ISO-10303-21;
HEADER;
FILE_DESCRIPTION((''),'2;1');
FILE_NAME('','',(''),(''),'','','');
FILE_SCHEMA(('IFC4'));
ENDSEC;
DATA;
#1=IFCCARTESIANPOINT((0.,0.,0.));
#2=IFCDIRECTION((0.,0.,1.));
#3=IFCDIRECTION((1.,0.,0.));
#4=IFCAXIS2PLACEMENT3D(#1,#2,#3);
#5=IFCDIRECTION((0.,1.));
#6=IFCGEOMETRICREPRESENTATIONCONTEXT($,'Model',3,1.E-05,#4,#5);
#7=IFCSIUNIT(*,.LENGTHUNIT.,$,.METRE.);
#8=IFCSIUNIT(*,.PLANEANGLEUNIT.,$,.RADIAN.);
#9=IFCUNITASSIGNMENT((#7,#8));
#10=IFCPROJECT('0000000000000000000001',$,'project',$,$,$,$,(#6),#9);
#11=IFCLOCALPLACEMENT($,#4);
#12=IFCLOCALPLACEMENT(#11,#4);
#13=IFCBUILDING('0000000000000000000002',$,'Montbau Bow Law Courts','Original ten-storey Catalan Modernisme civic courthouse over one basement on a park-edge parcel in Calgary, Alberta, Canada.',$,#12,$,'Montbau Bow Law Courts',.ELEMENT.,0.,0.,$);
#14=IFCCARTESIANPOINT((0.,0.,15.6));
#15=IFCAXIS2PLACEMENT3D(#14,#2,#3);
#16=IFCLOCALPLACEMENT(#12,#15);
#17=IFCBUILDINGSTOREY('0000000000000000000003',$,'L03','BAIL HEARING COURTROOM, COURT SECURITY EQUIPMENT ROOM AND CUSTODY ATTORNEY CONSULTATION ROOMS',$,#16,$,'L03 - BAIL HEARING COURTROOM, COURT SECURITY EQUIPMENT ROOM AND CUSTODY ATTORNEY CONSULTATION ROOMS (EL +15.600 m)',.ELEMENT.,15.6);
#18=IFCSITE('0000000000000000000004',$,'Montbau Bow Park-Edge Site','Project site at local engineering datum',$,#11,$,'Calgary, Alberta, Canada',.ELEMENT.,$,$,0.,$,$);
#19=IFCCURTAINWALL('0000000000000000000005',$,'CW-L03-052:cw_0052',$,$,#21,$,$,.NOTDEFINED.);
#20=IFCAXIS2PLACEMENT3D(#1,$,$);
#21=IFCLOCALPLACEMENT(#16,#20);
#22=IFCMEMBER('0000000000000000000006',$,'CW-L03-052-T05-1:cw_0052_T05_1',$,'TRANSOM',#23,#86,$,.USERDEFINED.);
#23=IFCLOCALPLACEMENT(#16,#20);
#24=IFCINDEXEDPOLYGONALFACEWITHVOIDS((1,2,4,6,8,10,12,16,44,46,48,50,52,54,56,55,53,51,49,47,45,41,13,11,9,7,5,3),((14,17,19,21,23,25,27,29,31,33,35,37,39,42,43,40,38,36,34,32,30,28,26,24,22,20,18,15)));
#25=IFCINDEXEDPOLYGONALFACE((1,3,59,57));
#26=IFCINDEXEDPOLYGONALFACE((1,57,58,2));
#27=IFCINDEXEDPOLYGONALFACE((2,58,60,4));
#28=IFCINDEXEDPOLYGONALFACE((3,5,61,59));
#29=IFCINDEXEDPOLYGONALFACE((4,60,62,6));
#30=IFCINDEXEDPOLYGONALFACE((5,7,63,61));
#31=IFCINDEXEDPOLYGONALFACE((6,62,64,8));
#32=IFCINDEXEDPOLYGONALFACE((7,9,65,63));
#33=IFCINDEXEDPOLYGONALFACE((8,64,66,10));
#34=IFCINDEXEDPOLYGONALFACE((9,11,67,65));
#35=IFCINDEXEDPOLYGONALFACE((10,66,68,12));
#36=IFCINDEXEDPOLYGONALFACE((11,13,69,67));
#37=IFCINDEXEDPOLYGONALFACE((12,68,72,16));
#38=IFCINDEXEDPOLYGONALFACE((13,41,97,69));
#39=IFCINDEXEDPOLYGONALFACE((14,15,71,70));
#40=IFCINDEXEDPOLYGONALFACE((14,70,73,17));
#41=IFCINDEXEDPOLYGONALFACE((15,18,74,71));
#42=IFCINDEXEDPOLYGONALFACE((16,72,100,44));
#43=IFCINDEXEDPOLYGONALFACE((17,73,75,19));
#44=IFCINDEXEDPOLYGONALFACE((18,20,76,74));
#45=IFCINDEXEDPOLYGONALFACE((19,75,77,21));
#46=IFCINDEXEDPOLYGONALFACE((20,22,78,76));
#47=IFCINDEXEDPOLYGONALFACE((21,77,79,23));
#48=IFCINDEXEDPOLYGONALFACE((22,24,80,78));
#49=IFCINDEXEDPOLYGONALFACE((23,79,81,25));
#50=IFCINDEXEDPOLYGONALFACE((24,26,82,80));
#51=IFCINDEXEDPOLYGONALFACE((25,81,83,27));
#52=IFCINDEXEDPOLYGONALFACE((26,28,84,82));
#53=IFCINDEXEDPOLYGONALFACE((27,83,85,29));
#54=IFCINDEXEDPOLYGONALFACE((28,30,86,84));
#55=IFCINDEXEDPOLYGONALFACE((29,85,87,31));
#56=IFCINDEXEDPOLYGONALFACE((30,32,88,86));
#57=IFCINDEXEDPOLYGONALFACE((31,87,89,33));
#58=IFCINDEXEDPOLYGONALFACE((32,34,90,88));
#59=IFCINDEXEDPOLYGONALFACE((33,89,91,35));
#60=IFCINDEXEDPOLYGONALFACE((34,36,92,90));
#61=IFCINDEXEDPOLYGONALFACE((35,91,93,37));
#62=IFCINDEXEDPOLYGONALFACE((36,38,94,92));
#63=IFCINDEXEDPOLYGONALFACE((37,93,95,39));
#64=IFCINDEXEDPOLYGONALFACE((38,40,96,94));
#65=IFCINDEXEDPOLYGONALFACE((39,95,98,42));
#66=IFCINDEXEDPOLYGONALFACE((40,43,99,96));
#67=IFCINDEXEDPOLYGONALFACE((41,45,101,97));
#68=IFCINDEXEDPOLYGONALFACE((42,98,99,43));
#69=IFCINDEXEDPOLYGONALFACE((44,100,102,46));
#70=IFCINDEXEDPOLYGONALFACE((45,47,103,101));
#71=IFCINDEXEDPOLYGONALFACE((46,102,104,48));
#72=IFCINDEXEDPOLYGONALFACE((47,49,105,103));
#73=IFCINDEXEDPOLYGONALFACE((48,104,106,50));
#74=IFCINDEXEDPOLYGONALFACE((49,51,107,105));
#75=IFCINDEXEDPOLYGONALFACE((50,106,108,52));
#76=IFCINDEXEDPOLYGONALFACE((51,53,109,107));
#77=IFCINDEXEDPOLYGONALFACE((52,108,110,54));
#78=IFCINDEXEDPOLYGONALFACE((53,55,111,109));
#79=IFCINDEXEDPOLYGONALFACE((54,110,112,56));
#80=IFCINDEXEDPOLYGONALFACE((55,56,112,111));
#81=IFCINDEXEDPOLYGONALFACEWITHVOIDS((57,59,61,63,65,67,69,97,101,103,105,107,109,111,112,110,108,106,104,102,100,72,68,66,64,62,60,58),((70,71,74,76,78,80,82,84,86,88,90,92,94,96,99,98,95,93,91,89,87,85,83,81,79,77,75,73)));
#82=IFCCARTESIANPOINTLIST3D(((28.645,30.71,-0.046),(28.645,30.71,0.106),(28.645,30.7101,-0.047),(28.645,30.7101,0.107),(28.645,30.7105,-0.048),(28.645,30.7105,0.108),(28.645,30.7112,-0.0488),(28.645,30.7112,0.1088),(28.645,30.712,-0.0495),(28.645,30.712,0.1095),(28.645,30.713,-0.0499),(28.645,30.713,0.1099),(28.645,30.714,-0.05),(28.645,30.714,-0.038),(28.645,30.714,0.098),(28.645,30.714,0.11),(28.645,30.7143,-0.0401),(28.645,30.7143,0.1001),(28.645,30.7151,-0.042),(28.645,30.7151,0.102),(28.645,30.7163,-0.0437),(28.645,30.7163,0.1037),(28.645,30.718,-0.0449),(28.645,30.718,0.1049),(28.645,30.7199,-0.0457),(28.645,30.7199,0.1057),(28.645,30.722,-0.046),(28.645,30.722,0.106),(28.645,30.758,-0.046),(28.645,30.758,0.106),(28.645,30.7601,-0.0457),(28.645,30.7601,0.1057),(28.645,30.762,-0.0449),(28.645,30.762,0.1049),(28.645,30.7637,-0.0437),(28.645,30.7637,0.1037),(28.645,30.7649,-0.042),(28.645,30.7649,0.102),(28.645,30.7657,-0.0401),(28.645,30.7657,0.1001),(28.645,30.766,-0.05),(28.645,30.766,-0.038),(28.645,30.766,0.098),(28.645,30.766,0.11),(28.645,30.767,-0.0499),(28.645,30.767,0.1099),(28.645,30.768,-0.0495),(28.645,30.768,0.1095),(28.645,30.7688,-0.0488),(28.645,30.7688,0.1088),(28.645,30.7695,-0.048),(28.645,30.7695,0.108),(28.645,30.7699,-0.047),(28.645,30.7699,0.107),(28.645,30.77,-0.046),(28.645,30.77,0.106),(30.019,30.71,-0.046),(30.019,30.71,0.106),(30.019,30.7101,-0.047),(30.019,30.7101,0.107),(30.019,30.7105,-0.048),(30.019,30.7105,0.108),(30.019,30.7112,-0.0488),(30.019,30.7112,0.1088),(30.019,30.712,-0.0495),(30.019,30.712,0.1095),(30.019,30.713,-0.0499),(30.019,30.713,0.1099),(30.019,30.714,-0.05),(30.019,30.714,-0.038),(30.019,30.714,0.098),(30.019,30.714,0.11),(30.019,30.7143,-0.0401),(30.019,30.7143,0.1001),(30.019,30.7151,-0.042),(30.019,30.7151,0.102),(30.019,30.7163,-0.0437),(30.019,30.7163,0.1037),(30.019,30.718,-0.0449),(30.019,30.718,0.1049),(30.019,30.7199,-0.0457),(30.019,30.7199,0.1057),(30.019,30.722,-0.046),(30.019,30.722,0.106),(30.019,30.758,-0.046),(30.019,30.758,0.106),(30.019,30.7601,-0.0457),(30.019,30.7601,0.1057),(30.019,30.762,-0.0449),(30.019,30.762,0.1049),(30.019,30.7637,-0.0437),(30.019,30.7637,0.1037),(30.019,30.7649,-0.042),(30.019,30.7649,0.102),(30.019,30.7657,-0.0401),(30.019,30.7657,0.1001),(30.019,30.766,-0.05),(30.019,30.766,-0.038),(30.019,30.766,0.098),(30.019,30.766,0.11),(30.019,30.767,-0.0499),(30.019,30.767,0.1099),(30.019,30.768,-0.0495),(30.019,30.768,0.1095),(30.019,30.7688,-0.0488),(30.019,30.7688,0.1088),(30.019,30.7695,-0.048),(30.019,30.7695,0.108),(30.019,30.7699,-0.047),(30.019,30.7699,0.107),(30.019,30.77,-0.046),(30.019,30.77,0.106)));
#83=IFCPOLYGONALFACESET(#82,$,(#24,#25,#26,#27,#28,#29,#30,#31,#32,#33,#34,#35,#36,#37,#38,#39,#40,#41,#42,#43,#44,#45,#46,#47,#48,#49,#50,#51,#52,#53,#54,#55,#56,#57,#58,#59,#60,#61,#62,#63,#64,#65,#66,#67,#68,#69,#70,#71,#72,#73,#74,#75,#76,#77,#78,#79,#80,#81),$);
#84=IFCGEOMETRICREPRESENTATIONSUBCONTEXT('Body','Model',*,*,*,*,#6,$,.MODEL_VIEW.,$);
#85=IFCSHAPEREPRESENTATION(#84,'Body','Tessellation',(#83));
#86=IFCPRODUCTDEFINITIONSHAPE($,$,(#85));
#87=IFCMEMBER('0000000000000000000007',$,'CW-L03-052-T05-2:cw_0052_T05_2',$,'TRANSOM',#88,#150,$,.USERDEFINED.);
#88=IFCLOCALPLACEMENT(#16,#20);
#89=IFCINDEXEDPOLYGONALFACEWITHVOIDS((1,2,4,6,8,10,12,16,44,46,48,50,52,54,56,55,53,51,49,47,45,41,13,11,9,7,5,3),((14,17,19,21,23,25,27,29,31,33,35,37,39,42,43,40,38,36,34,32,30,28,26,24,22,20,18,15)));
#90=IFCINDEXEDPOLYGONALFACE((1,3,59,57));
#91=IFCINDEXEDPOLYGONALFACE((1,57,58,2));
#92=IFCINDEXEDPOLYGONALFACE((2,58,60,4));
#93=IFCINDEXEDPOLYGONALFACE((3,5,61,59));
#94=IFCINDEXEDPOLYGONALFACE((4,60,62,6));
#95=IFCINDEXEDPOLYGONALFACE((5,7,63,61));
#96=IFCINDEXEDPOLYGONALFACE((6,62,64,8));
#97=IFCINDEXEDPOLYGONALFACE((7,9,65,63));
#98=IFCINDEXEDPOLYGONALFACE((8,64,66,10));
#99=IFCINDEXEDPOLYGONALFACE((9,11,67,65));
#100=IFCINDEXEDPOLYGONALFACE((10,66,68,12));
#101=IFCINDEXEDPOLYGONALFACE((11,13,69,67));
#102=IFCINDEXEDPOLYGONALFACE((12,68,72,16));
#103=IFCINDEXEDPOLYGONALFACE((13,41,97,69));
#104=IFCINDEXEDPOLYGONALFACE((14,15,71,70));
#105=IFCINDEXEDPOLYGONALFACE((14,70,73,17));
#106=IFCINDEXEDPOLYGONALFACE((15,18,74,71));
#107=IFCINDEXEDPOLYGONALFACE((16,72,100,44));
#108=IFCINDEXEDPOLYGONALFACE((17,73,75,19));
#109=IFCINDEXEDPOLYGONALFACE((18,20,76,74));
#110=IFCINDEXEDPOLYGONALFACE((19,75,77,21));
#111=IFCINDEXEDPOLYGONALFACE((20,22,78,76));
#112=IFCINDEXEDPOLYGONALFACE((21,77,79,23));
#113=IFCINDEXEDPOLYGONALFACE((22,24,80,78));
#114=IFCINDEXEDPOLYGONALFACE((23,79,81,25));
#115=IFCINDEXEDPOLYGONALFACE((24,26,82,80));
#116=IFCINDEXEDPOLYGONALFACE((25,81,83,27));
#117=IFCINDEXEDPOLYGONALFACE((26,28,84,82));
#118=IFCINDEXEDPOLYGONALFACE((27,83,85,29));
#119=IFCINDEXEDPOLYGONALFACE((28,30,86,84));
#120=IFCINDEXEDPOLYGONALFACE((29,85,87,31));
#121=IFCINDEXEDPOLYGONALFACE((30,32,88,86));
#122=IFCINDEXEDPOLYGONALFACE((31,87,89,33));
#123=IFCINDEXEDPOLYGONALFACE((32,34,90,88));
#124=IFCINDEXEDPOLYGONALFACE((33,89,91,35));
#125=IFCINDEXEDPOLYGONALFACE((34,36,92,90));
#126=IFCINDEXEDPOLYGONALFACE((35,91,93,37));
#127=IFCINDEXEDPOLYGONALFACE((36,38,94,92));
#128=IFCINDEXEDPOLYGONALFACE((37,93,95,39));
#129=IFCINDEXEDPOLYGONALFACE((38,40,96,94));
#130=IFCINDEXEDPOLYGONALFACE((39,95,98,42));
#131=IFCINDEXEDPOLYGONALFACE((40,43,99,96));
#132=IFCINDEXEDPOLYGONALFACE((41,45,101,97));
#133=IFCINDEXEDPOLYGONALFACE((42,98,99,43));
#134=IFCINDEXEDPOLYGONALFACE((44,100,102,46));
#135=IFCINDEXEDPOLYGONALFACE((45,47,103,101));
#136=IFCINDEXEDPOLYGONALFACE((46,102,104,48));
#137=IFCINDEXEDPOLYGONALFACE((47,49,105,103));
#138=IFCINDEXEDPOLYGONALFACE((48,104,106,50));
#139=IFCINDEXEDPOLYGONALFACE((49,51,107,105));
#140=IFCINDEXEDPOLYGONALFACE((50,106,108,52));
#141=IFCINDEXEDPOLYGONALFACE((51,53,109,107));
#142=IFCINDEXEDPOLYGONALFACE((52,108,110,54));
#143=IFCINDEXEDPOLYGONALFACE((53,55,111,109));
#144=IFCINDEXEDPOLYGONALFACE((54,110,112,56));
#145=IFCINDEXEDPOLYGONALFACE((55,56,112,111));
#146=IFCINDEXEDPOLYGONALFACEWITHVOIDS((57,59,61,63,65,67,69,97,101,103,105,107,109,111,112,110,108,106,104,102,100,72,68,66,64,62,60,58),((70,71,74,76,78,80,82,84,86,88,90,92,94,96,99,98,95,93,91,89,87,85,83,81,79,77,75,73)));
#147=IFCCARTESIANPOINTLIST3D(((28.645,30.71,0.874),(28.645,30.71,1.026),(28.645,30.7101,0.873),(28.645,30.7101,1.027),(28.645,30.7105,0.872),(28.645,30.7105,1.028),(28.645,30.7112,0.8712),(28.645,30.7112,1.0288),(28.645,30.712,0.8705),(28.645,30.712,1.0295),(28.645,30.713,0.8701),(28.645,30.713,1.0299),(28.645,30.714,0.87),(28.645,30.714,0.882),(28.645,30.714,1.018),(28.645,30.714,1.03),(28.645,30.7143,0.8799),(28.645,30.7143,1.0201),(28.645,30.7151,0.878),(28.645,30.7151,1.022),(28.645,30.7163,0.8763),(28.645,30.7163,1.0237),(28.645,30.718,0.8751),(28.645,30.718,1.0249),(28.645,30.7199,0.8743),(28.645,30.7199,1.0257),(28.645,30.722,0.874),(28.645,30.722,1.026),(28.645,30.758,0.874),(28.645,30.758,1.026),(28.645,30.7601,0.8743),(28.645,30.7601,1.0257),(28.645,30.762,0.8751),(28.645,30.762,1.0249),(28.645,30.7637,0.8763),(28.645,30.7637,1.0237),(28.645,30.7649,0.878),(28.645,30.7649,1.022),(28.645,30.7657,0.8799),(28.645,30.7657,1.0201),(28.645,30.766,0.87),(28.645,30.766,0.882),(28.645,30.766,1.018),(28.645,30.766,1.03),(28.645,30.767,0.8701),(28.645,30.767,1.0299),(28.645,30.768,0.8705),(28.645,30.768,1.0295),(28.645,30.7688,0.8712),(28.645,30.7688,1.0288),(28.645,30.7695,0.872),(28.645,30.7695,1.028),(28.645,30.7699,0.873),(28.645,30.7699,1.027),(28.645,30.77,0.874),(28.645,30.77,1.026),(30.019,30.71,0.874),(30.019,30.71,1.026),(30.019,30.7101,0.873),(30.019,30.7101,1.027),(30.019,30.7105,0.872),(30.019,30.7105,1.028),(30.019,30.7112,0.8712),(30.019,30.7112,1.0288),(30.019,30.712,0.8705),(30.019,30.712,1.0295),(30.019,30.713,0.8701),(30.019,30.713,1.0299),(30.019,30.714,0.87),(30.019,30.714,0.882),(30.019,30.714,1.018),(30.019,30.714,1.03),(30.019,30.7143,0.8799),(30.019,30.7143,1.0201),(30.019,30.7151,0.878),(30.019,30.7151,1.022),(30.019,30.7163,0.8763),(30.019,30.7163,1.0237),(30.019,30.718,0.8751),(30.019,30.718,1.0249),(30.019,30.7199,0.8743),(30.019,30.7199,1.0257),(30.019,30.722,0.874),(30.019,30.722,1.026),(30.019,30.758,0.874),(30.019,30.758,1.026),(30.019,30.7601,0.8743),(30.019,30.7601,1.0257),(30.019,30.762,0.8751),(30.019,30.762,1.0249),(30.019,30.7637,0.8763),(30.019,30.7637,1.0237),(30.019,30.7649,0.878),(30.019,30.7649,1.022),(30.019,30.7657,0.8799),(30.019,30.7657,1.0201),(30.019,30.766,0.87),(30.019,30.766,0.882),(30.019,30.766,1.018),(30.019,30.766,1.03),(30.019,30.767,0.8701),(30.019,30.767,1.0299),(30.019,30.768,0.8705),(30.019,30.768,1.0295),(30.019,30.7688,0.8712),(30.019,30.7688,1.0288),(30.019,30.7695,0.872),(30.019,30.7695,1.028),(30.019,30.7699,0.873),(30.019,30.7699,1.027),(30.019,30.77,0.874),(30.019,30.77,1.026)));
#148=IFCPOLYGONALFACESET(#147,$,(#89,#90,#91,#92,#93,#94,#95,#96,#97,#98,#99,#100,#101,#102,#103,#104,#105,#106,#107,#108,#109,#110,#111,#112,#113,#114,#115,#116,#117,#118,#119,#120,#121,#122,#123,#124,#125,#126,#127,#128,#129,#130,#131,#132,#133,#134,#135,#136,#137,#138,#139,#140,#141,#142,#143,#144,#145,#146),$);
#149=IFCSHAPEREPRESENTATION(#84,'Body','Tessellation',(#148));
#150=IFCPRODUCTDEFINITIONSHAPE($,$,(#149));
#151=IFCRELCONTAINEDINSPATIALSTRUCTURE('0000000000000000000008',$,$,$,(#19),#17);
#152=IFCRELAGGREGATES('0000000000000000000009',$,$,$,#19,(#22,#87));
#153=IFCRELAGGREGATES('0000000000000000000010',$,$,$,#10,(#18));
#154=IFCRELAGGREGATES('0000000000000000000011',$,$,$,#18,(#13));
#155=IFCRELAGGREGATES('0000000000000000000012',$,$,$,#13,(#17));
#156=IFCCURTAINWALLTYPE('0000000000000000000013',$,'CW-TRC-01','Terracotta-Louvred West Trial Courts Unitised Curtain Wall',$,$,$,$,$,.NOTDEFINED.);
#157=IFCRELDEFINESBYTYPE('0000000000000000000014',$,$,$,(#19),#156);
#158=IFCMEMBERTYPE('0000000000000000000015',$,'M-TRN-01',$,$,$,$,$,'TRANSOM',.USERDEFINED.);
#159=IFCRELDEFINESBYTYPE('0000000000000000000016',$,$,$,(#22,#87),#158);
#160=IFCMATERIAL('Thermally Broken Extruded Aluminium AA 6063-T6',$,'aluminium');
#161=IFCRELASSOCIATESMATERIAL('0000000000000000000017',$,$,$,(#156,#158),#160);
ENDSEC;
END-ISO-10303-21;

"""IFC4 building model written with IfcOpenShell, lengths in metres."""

from ifc_helpers import new_model, si_unit, direction, frame, origin_with_axes, origin_2d_with_axis, place, context, subcontext, project, spatial, hollow_rectangle, extrude, material, material_profile, profile_set, type_object, element, aggregate, save


model = new_model("IFC4")

# Units and contexts
model_context = context("Model", 3, precision=1e-05, world=origin_with_axes(), true_north=direction((0.0, 1.0)))
body_context = subcontext(model_context, "Body", "Model", "MODEL_VIEW")
ifc_project = project(units=[si_unit("LENGTHUNIT", "METRE"), si_unit("PLANEANGLEUNIT", "RADIAN")], contexts=[model_context])

# Site, building, storey
site_placement = place(None, origin_with_axes())
site = spatial("IfcSite", under=ifc_project, at=site_placement, Name="Montbau Bow Park-Edge Site", Description="Project site at local engineering datum", LongName="Calgary, Alberta, Canada", CompositionType="ELEMENT", RefElevation=0.0)
building_placement = place(site_placement, origin_with_axes())
building = spatial("IfcBuilding", under=site, at=building_placement, Name="Montbau Bow Law Courts", Description="Original ten-storey Catalan Modernisme civic courthouse over one basement on a park-edge parcel in Calgary, Alberta, Canada.", LongName="Montbau Bow Law Courts", CompositionType="ELEMENT", ElevationOfRefHeight=0.0, ElevationOfTerrain=0.0)
storey_placement = place(building_placement, frame((0.0, 0.0, 15.6), z_axis=(0.0, 0.0, 1.0), x_axis=(1.0, 0.0, 0.0)))
storey = spatial("IfcBuildingStorey", under=building, at=storey_placement, Name="L03", Description="BAIL HEARING COURTROOM, COURT SECURITY EQUIPMENT ROOM AND CUSTODY ATTORNEY CONSULTATION ROOMS", LongName="L03 - BAIL HEARING COURTROOM, COURT SECURITY EQUIPMENT ROOM AND CUSTODY ATTORNEY CONSULTATION ROOMS (EL +15.600 m)", CompositionType="ELEMENT", Elevation=15.6)

# Curtain wall, members
ifc_material_1 = material(Name="Thermally Broken Extruded Aluminium AA 6063-T6", Category="aluminium")
curtain_wall_type = type_object("IfcCurtainWallType", Name="CW-TRC-01", Description="Terracotta-Louvred West Trial Courts Unitised Curtain Wall", PredefinedType="NOTDEFINED", material=ifc_material_1)
curtain_wall_placement = place(None, frame((22.715, 30.74, 15.6), z_axis=(0.0, 0.0, 1.0), x_axis=(1.0, 0.0, 0.0)))
curtain_wall = element("IfcCurtainWall", 1, at=curtain_wall_placement, inside=storey, type_object=curtain_wall_type, Name="CW-L03-052:cw_0052", PredefinedType="NOTDEFINED")
ifc_material_profile_1 = material_profile(ifc_material_1, hollow_rectangle(XDim=0.06, YDim=0.16, WallThickness=0.004, InnerFilletRadius=0.008, OuterFilletRadius=0.004, at=origin_2d_with_axis()), Name="CWT-160X60", Category="Main", Priority=0)
ifc_profile_set_1 = profile_set([ifc_material_profile_1], Name="Thermally Broken Extruded Aluminium AA 6063-T6")
member_type_1 = type_object("IfcMemberType", Name="M-TRN-01", ElementType="TRANSOM", PredefinedType="USERDEFINED", material=ifc_profile_set_1)
member_1_placement = place(None, frame((28.645, 30.74, 15.63), z_axis=(1.0, 0.0, 0.0), x_axis=(0.0, 1.0, 0.0)))
member_1 = element("IfcMember", 2, at=member_1_placement, type_object=member_type_1, Name="CW-L03-052-T05-1:cw_0052_T05_1", ObjectType="TRANSOM", PredefinedType="USERDEFINED", context=body_context, shape_type="SweptSolid", body=[
    extrude(hollow_rectangle(XDim=0.06, YDim=0.16, WallThickness=0.004, InnerFilletRadius=0.008, OuterFilletRadius=0.004, at=origin_2d_with_axis()), origin_with_axes(), (0.0, 0.0, 1.0), 1.374),
])
member_2_placement = place(None, frame((28.645, 30.74, 16.55), z_axis=(1.0, 0.0, 0.0), x_axis=(0.0, 1.0, 0.0)))
member_2 = element("IfcMember", 3, at=member_2_placement, type_object=member_type_1, Name="CW-L03-052-T05-2:cw_0052_T05_2", ObjectType="TRANSOM", PredefinedType="USERDEFINED", context=body_context, shape_type="SweptSolid", body=[
    extrude(hollow_rectangle(XDim=0.06, YDim=0.16, WallThickness=0.004, InnerFilletRadius=0.008, OuterFilletRadius=0.004, at=origin_2d_with_axis()), origin_with_axes(), (0.0, 0.0, 1.0), 1.374),
])
aggregate(curtain_wall, [member_1, member_2])

save(model, "model.ifc")
